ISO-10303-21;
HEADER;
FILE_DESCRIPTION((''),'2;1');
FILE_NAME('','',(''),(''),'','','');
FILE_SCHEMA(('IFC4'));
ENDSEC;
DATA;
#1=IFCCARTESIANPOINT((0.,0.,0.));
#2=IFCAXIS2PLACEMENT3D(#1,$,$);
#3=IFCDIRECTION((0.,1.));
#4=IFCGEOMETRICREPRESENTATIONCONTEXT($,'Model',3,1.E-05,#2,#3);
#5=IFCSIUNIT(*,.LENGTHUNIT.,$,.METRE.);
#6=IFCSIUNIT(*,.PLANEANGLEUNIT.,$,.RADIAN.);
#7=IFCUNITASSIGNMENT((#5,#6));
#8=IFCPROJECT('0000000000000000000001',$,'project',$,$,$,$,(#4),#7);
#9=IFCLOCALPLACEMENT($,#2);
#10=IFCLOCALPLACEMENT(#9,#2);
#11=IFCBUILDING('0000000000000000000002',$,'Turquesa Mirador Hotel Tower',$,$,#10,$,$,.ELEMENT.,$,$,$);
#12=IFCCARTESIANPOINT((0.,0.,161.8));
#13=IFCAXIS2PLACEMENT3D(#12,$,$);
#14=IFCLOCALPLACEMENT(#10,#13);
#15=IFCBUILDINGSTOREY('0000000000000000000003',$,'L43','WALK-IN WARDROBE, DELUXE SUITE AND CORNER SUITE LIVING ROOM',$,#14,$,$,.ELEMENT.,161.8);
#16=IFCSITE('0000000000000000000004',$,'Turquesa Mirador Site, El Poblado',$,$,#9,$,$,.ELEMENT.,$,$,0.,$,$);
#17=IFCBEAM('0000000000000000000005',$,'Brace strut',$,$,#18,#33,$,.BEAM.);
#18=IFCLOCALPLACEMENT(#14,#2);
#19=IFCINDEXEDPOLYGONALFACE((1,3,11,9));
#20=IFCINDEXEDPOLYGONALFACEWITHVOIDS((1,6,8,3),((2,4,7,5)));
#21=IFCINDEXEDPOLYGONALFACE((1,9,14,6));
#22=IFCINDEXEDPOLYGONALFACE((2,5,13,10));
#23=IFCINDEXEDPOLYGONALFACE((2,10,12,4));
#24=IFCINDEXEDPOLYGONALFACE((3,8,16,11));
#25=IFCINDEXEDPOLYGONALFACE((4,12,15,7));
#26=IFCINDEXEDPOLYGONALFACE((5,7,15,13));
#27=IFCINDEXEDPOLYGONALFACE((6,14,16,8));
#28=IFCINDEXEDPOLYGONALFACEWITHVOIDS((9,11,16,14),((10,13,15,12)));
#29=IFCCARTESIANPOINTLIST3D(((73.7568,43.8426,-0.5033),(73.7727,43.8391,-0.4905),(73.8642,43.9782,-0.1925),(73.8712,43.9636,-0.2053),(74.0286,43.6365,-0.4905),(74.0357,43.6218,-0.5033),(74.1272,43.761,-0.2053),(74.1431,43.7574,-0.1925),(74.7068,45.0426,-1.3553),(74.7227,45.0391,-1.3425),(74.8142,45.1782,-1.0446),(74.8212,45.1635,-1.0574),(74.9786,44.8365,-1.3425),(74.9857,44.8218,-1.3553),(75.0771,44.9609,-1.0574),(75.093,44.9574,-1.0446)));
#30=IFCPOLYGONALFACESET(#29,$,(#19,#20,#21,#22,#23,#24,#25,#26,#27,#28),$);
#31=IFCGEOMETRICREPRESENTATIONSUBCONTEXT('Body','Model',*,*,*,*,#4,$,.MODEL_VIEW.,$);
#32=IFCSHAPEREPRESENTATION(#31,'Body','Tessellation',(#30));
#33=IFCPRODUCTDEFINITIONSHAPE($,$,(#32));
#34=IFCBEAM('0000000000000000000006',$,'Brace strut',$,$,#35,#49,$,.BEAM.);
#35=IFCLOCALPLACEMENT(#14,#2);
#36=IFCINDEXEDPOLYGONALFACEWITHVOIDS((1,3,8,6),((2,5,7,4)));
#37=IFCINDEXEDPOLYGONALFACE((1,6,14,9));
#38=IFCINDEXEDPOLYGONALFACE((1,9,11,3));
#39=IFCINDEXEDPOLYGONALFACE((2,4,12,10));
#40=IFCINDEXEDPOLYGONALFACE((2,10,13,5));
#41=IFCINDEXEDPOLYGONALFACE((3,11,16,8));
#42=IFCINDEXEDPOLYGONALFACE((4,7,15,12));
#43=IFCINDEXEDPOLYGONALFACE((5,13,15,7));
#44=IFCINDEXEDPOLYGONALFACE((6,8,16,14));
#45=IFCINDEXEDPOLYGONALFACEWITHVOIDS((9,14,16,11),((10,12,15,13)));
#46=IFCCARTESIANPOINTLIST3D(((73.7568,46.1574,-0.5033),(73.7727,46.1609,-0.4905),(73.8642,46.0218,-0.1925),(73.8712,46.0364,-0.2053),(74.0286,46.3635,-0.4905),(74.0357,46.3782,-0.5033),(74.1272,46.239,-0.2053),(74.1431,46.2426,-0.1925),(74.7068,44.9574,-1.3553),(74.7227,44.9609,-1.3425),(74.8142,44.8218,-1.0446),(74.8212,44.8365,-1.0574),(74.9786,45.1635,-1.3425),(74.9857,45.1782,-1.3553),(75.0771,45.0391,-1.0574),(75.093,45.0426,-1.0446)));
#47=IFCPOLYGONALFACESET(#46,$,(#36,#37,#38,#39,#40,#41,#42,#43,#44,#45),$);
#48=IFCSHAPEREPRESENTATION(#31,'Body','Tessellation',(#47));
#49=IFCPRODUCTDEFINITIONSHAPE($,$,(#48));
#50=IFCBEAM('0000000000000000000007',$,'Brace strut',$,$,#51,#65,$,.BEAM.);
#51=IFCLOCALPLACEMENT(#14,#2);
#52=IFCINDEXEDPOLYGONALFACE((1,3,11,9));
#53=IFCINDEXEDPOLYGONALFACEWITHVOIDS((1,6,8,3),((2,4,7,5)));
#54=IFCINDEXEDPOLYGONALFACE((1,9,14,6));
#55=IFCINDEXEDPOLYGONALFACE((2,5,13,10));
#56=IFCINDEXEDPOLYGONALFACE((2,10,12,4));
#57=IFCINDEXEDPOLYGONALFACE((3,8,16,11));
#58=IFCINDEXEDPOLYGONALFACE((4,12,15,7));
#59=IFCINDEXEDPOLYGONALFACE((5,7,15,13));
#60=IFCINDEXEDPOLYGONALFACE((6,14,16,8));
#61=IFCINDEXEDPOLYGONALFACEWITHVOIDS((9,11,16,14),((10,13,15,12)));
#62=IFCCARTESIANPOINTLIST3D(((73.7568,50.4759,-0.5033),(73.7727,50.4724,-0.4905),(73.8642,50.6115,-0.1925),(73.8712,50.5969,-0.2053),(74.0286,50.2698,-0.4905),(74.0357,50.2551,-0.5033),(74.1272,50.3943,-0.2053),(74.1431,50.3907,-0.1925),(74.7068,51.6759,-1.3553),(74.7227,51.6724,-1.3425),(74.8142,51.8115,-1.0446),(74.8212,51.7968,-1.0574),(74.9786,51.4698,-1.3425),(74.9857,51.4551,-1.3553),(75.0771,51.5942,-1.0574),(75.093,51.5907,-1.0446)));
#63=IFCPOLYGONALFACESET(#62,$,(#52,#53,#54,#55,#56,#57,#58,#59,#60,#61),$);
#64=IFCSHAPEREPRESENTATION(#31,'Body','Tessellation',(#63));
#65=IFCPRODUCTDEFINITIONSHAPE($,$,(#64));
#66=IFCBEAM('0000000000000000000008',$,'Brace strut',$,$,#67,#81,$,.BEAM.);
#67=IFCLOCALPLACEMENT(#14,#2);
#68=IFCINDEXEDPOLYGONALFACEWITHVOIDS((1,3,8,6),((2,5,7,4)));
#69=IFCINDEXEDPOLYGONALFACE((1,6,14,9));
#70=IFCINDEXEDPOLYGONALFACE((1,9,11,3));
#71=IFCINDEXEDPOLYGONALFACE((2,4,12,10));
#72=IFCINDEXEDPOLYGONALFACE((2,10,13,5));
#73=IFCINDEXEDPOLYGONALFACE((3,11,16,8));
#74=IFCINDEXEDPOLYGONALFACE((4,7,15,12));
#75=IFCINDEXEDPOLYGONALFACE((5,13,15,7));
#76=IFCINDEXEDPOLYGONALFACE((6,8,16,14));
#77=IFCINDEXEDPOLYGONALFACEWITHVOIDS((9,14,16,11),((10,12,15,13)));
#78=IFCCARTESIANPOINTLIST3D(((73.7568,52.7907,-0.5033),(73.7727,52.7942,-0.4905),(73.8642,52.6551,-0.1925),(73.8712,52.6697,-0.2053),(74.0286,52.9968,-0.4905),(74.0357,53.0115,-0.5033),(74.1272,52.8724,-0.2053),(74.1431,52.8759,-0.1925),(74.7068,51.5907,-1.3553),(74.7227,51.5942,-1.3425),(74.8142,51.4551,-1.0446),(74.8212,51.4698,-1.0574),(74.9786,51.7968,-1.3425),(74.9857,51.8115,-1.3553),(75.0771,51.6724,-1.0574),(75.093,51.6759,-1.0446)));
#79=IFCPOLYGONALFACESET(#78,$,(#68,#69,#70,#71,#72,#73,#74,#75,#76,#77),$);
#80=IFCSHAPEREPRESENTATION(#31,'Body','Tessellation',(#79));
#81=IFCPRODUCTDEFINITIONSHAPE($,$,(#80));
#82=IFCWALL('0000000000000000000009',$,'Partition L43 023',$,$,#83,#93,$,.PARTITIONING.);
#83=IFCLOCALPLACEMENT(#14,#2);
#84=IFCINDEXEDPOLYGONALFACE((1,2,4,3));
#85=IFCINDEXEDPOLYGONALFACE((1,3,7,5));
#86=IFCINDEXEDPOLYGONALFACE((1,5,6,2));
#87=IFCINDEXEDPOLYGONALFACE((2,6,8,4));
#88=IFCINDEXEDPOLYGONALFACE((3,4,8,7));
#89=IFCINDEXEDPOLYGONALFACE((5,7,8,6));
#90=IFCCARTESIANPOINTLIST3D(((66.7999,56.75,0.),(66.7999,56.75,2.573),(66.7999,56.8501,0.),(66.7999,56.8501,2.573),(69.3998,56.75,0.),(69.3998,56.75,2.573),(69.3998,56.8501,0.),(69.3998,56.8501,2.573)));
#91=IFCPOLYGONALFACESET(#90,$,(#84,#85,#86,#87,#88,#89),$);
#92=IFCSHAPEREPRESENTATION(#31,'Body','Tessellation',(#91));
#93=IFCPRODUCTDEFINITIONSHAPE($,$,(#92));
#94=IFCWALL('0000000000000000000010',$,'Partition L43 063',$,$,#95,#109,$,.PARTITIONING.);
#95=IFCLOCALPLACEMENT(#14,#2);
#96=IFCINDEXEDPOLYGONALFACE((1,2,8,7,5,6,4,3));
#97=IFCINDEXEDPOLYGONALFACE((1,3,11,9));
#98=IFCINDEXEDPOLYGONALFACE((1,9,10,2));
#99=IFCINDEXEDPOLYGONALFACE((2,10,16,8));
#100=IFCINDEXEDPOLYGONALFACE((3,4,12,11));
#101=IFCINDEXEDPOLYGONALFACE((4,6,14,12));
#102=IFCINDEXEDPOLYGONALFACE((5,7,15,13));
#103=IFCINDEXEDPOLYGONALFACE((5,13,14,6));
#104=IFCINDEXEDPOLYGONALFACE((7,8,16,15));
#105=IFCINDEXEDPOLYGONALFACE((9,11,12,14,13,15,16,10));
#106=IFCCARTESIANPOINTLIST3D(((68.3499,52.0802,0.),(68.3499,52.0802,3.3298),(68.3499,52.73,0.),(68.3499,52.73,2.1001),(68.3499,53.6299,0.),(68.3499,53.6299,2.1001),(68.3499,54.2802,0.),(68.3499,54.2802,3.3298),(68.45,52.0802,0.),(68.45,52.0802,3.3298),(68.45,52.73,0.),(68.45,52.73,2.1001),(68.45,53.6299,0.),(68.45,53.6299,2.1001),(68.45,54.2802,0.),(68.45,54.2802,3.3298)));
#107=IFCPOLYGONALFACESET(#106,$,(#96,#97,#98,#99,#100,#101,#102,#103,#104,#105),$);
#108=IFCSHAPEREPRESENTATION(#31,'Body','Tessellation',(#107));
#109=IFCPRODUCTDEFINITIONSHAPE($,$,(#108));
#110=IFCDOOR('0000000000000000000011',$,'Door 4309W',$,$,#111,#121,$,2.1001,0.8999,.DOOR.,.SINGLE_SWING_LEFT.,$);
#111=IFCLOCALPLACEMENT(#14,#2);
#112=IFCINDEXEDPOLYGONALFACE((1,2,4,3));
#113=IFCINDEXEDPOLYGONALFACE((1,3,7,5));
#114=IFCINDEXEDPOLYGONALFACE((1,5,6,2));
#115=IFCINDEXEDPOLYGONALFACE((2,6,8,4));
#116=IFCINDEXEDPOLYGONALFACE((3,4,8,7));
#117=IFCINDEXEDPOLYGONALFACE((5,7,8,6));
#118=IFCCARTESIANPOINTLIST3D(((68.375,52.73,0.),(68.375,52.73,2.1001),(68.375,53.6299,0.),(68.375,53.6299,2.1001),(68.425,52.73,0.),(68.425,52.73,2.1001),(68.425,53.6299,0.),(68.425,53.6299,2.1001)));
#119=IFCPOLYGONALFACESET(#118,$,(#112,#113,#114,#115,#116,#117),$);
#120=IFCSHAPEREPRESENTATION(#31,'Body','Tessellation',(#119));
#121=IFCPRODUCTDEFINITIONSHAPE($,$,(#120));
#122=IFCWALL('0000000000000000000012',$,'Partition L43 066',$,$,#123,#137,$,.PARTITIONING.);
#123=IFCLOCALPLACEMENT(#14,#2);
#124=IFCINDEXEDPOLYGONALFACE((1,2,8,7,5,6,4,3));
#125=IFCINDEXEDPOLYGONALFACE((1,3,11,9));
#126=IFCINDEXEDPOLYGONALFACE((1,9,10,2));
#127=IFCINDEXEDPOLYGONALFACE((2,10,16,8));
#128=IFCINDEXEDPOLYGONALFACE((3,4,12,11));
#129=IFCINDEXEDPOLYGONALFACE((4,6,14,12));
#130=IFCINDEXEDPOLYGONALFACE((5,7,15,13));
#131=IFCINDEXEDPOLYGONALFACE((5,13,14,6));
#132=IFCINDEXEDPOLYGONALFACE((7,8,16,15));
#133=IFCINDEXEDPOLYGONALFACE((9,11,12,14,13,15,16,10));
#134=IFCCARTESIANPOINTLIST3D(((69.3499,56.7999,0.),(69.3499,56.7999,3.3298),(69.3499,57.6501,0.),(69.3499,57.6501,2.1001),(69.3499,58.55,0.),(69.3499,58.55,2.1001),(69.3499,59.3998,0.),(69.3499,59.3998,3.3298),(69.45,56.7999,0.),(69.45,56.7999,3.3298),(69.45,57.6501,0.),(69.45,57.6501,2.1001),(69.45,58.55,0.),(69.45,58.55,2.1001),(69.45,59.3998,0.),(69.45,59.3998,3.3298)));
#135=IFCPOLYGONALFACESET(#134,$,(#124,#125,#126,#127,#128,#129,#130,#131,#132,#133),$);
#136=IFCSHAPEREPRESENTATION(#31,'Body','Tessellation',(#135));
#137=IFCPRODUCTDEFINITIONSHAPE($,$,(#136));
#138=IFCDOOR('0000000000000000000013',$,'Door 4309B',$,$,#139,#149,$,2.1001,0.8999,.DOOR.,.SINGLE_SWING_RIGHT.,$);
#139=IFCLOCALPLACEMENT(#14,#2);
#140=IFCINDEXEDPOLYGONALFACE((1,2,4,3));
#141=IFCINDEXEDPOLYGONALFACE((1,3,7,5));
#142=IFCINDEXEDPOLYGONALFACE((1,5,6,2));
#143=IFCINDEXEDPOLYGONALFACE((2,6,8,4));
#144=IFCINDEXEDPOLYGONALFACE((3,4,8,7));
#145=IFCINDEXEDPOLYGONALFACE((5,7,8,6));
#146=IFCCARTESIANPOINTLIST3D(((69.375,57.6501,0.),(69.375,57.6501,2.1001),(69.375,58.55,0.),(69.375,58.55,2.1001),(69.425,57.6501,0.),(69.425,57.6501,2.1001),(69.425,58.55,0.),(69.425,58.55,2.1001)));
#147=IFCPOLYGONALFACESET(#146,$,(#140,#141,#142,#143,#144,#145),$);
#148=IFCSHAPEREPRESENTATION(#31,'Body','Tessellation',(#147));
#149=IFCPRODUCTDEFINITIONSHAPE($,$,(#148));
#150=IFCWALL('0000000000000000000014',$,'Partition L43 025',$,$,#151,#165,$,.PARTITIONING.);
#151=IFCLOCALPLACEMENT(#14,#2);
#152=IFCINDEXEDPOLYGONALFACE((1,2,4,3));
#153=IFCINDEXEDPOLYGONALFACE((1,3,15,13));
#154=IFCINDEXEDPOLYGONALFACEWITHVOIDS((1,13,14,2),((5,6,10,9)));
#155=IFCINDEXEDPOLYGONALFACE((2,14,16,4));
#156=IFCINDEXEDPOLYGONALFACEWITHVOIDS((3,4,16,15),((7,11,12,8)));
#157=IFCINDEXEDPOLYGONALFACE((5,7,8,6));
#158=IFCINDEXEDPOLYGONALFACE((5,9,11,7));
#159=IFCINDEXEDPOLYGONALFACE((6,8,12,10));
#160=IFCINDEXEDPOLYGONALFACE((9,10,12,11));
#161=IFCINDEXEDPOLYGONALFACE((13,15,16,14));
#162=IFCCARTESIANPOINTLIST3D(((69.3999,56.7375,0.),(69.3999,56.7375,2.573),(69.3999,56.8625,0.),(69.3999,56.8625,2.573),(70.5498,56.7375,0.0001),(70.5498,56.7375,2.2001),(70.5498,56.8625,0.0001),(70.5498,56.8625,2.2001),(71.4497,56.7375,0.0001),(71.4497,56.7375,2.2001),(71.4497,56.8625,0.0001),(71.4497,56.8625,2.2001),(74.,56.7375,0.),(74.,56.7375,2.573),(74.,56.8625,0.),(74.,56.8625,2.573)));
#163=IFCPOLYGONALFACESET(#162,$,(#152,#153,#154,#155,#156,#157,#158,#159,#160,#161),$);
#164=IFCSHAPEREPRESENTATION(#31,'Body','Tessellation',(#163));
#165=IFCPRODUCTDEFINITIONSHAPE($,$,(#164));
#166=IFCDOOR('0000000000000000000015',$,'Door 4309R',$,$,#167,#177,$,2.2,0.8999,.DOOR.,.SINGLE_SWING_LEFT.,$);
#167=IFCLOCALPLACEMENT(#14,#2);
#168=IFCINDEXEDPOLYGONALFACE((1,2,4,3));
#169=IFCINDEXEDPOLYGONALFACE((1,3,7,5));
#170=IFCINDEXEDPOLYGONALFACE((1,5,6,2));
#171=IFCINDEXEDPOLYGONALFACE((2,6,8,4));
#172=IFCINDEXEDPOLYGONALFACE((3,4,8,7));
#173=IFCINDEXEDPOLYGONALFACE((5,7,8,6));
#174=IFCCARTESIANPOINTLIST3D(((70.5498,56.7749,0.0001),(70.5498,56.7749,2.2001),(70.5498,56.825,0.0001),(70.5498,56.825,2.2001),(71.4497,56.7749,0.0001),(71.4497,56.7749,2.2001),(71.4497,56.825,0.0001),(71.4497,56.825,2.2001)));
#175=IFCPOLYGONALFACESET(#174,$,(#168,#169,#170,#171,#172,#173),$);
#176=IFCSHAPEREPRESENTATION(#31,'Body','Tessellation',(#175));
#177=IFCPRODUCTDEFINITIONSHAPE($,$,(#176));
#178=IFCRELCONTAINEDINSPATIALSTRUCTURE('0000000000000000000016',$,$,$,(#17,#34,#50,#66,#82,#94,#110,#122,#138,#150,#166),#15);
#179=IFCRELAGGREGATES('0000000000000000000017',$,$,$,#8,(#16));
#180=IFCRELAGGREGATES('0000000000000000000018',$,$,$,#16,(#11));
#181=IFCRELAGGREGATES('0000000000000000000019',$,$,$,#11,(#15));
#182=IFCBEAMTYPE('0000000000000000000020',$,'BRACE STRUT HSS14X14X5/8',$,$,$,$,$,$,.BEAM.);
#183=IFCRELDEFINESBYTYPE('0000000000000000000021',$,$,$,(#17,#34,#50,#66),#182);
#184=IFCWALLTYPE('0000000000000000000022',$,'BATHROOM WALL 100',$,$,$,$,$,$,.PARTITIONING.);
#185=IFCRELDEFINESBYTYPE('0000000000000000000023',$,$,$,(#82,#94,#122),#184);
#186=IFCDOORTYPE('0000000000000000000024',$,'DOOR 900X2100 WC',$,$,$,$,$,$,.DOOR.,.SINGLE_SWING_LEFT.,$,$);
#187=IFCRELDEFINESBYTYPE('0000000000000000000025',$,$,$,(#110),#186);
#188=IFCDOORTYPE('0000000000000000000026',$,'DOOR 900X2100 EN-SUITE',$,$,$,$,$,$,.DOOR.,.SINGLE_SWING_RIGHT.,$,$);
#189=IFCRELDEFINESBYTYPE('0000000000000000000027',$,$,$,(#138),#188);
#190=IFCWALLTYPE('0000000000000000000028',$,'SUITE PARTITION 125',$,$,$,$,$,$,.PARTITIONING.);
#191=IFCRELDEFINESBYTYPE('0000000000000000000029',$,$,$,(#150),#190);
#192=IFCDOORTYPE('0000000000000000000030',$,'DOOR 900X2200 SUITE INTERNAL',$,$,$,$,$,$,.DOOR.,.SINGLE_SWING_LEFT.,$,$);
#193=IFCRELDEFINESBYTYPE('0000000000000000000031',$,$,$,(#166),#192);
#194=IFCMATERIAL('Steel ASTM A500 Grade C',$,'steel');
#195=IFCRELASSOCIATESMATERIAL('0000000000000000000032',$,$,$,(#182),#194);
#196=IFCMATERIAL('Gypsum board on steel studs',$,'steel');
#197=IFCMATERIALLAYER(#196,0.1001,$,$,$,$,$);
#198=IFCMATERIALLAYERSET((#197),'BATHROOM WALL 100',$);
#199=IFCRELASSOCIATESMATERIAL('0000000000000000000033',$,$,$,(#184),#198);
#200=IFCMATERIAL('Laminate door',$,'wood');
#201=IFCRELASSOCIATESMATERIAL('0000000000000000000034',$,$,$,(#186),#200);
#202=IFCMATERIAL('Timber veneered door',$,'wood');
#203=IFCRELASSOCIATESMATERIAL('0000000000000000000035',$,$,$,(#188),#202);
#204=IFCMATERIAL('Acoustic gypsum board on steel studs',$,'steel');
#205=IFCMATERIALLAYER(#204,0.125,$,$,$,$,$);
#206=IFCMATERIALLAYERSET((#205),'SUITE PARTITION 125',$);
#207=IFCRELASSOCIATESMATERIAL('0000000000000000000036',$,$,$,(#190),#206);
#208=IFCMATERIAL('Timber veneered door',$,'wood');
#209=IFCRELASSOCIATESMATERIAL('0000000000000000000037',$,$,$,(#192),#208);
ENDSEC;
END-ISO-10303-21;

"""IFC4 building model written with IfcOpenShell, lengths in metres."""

from ifc_helpers import new_model, si_unit, direction, frame, frame_2d, origin, origin_2d, place, context, subcontext, project, spatial, rectangle, hollow_rectangle, extrude, material, layer, layer_set, material_profile, profile_set, type_object, element, fill, save


model = new_model("IFC4")

# Units and contexts
model_context = context("Model", 3, precision=1e-05, world=origin(), true_north=direction((0.0, 1.0)))
body_context = subcontext(model_context, "Body", "Model", "MODEL_VIEW")
ifc_project = project(units=[si_unit("LENGTHUNIT", "METRE"), si_unit("PLANEANGLEUNIT", "RADIAN")], contexts=[model_context])

# Site, building, storey
site_placement = place(None, origin())
site = spatial("IfcSite", under=ifc_project, at=site_placement, Name="Turquesa Mirador Site, El Poblado", CompositionType="ELEMENT", RefElevation=0.0)
building_placement = place(site_placement, origin())
building = spatial("IfcBuilding", under=site, at=building_placement, Name="Turquesa Mirador Hotel Tower", CompositionType="ELEMENT")
storey_placement = place(building_placement, frame((0.0, 0.0, 161.8)))
storey = spatial("IfcBuildingStorey", under=building, at=storey_placement, Name="L43", Description="WALK-IN WARDROBE, DELUXE SUITE AND CORNER SUITE LIVING ROOM", CompositionType="ELEMENT", Elevation=161.8)

# Beams
ifc_material_1 = material(Name="Steel ASTM A500 Grade C", Category="steel")
ifc_material_profile_1 = material_profile(ifc_material_1, hollow_rectangle(XDim=0.3557, YDim=0.3557, WallThickness=0.0146, at=origin_2d()), Name="HSS14X14X5/8")
ifc_profile_set_1 = profile_set([ifc_material_profile_1], Name="Steel ASTM A500 Grade C")
beam_type_1 = type_object("IfcBeamType", Name="BRACE STRUT HSS14X14X5/8", PredefinedType="BEAM", material=ifc_profile_set_1)
for number, where, z_axis, x_axis, name in (
    (1, (74.8999, 45.0, -1.2), (-0.542318, -0.68504, 0.486427), (0.784049, -0.620699, 0.0), "Brace strut"),
    (2, (74.8999, 45.0, -1.2), (-0.542318, 0.68504, 0.486427), (-0.784049, -0.620699, 0.0), "Brace strut"),
    (3, (74.8999, 51.6333, -1.2), (-0.542318, -0.68504, 0.486427), (0.784049, -0.620699, 0.0), "Brace strut"),
    (4, (74.8999, 51.6333, -1.2), (-0.542318, 0.68504, 0.486427), (-0.784049, -0.620699, 0.0), "Brace strut"),
):
    element("IfcBeam", number, at=place(storey_placement, frame(where, z_axis=z_axis, x_axis=x_axis)), inside=storey, type_object=beam_type_1, Name=name, PredefinedType="BEAM", context=body_context, shape_type="SweptSolid", body=[
        extrude(hollow_rectangle(XDim=0.3557, YDim=0.3557, WallThickness=0.0146, at=origin_2d()), origin(), (0.0, 0.0, 1.0), 1.7517),
    ])

# Wall
ifc_material_2 = material(Name="Gypsum board on steel studs", Category="steel")
ifc_layer_1 = layer(ifc_material_2, 0.1001)
ifc_layer_set_1 = layer_set([ifc_layer_1], Name="BATHROOM WALL 100")
wall_type_1 = type_object("IfcWallType", Name="BATHROOM WALL 100", PredefinedType="PARTITIONING", material=ifc_layer_set_1)
wall_1_placement = place(storey_placement, frame((66.8, 56.8, 0.0), z_axis=(0.0, 0.0, 1.0), x_axis=(1.0, 0.0, 0.0)))
element("IfcWall", 5, at=wall_1_placement, inside=storey, type_object=wall_type_1, Name="Partition L43 023", PredefinedType="PARTITIONING", context=body_context, shape_type="SweptSolid", body=[
    extrude(rectangle(XDim=2.5999, YDim=0.1001, at=frame_2d((1.2998, 0.0))), origin(), (0.0, 0.0, 1.0), 2.573),
])

# Walls, openings, doors
wall_2_placement = place(storey_placement, frame((68.3999, 52.0801, 0.0), z_axis=(0.0, 0.0, 1.0), x_axis=(0.0, 1.0, 0.0)))
wall_2 = element("IfcWall", 6, at=wall_2_placement, inside=storey, type_object=wall_type_1, Name="Partition L43 063", PredefinedType="PARTITIONING", context=body_context, shape_type="SweptSolid", body=[
    extrude(rectangle(XDim=2.2, YDim=0.1001, at=frame_2d((1.1001, 0.0))), origin(), (0.0, 0.0, 1.0), 3.3298),
])
opening_1_placement = place(wall_2_placement, frame((0.6499, 0.0, 0.0)))
opening_1 = element("IfcOpeningElement", 7, at=opening_1_placement, cuts=wall_2, PredefinedType="OPENING", context=body_context, shape_type="SweptSolid", body=[
    extrude(rectangle(XDim=0.8999, YDim=2.1001, at=frame_2d((0.45, 1.05))), frame((0.0, 0.0601, 0.0), z_axis=(0.0, -1.0, 0.0), x_axis=(1.0, 0.0, 0.0)), (0.0, 0.0, 1.0), 0.1201),
])
ifc_material_3 = material(Name="Laminate door", Category="wood")
door_type_1 = type_object("IfcDoorType", Name="DOOR 900X2100 WC", OperationType="SINGLE_SWING_LEFT", PredefinedType="DOOR", material=ifc_material_3)
door_1_placement = place(opening_1_placement, origin())
door_1 = element("IfcDoor", 8, at=door_1_placement, inside=storey, type_object=door_type_1, Name="Door 4309W", OperationType="SINGLE_SWING_LEFT", OverallHeight=2.1001, OverallWidth=0.8999, PredefinedType="DOOR", context=body_context, shape_type="SweptSolid", body=[
    extrude(rectangle(XDim=0.8999, YDim=2.1001, at=frame_2d((0.45, 1.05))), frame((0.0, 0.0249, 0.0), z_axis=(0.0, -1.0, 0.0), x_axis=(1.0, 0.0, 0.0)), (0.0, 0.0, 1.0), 0.05),
])
fill(opening_1, door_1)
wall_3_placement = place(storey_placement, frame((69.3999, 56.8, 0.0), z_axis=(0.0, 0.0, 1.0), x_axis=(0.0, 1.0, 0.0)))
wall_3 = element("IfcWall", 9, at=wall_3_placement, inside=storey, type_object=wall_type_1, Name="Partition L43 066", PredefinedType="PARTITIONING", context=body_context, shape_type="SweptSolid", body=[
    extrude(rectangle(XDim=2.5999, YDim=0.1001, at=frame_2d((1.2998, 0.0))), origin(), (0.0, 0.0, 1.0), 3.3298),
])
opening_2_placement = place(wall_3_placement, frame((0.8501, 0.0, 0.0)))
opening_2 = element("IfcOpeningElement", 10, at=opening_2_placement, cuts=wall_3, PredefinedType="OPENING", context=body_context, shape_type="SweptSolid", body=[
    extrude(rectangle(XDim=0.8999, YDim=2.1001, at=frame_2d((0.45, 1.05))), frame((0.0, 0.0601, 0.0), z_axis=(0.0, -1.0, 0.0), x_axis=(1.0, 0.0, 0.0)), (0.0, 0.0, 1.0), 0.1201),
])
ifc_material_4 = material(Name="Timber veneered door", Category="wood")
door_type_2 = type_object("IfcDoorType", Name="DOOR 900X2100 EN-SUITE", OperationType="SINGLE_SWING_RIGHT", PredefinedType="DOOR", material=ifc_material_4)
door_2_placement = place(opening_2_placement, origin())
door_2 = element("IfcDoor", 11, at=door_2_placement, inside=storey, type_object=door_type_2, Name="Door 4309B", OperationType="SINGLE_SWING_RIGHT", OverallHeight=2.1001, OverallWidth=0.8999, PredefinedType="DOOR", context=body_context, shape_type="SweptSolid", body=[
    extrude(rectangle(XDim=0.8999, YDim=2.1001, at=frame_2d((0.45, 1.05))), frame((0.0, 0.0249, 0.0), z_axis=(0.0, -1.0, 0.0), x_axis=(1.0, 0.0, 0.0)), (0.0, 0.0, 1.0), 0.05),
])
fill(opening_2, door_2)
ifc_material_5 = material(Name="Acoustic gypsum board on steel studs", Category="steel")
ifc_layer_2 = layer(ifc_material_5, 0.125)
ifc_layer_set_2 = layer_set([ifc_layer_2], Name="SUITE PARTITION 125")
wall_type_2 = type_object("IfcWallType", Name="SUITE PARTITION 125", PredefinedType="PARTITIONING", material=ifc_layer_set_2)
wall_4_placement = place(storey_placement, frame((69.3999, 56.8, 0.0), z_axis=(0.0, 0.0, 1.0), x_axis=(1.0, 0.0, 0.0)))
wall_4 = element("IfcWall", 12, at=wall_4_placement, inside=storey, type_object=wall_type_2, Name="Partition L43 025", PredefinedType="PARTITIONING", context=body_context, shape_type="SweptSolid", body=[
    extrude(rectangle(XDim=4.6001, YDim=0.125, at=frame_2d((2.3, 0.0))), origin(), (0.0, 0.0, 1.0), 2.573),
])
opening_3_placement = place(wall_4_placement, frame((1.1499, 0.0, 0.0)))
opening_3 = element("IfcOpeningElement", 13, at=opening_3_placement, cuts=wall_4, PredefinedType="OPENING", context=body_context, shape_type="SweptSolid", body=[
    extrude(rectangle(XDim=0.8999, YDim=2.2, at=frame_2d((0.45, 1.1001))), frame((0.0, 0.0725, 0.0), z_axis=(0.0, -1.0, 0.0), x_axis=(1.0, 0.0, 0.0)), (0.0, 0.0, 1.0), 0.145),
])
ifc_material_6 = material(Name="Timber veneered door", Category="wood")
door_type_3 = type_object("IfcDoorType", Name="DOOR 900X2200 SUITE INTERNAL", OperationType="SINGLE_SWING_LEFT", PredefinedType="DOOR", material=ifc_material_6)
door_3_placement = place(opening_3_placement, origin())
door_3 = element("IfcDoor", 14, at=door_3_placement, inside=storey, type_object=door_type_3, Name="Door 4309R", OperationType="SINGLE_SWING_LEFT", OverallHeight=2.2, OverallWidth=0.8999, PredefinedType="DOOR", context=body_context, shape_type="SweptSolid", body=[
    extrude(rectangle(XDim=0.8999, YDim=2.2, at=frame_2d((0.45, 1.1001))), frame((0.0, 0.0249, 0.0), z_axis=(0.0, -1.0, 0.0), x_axis=(1.0, 0.0, 0.0)), (0.0, 0.0, 1.0), 0.05),
])
fill(opening_3, door_3)

save(model, "model.ifc")
